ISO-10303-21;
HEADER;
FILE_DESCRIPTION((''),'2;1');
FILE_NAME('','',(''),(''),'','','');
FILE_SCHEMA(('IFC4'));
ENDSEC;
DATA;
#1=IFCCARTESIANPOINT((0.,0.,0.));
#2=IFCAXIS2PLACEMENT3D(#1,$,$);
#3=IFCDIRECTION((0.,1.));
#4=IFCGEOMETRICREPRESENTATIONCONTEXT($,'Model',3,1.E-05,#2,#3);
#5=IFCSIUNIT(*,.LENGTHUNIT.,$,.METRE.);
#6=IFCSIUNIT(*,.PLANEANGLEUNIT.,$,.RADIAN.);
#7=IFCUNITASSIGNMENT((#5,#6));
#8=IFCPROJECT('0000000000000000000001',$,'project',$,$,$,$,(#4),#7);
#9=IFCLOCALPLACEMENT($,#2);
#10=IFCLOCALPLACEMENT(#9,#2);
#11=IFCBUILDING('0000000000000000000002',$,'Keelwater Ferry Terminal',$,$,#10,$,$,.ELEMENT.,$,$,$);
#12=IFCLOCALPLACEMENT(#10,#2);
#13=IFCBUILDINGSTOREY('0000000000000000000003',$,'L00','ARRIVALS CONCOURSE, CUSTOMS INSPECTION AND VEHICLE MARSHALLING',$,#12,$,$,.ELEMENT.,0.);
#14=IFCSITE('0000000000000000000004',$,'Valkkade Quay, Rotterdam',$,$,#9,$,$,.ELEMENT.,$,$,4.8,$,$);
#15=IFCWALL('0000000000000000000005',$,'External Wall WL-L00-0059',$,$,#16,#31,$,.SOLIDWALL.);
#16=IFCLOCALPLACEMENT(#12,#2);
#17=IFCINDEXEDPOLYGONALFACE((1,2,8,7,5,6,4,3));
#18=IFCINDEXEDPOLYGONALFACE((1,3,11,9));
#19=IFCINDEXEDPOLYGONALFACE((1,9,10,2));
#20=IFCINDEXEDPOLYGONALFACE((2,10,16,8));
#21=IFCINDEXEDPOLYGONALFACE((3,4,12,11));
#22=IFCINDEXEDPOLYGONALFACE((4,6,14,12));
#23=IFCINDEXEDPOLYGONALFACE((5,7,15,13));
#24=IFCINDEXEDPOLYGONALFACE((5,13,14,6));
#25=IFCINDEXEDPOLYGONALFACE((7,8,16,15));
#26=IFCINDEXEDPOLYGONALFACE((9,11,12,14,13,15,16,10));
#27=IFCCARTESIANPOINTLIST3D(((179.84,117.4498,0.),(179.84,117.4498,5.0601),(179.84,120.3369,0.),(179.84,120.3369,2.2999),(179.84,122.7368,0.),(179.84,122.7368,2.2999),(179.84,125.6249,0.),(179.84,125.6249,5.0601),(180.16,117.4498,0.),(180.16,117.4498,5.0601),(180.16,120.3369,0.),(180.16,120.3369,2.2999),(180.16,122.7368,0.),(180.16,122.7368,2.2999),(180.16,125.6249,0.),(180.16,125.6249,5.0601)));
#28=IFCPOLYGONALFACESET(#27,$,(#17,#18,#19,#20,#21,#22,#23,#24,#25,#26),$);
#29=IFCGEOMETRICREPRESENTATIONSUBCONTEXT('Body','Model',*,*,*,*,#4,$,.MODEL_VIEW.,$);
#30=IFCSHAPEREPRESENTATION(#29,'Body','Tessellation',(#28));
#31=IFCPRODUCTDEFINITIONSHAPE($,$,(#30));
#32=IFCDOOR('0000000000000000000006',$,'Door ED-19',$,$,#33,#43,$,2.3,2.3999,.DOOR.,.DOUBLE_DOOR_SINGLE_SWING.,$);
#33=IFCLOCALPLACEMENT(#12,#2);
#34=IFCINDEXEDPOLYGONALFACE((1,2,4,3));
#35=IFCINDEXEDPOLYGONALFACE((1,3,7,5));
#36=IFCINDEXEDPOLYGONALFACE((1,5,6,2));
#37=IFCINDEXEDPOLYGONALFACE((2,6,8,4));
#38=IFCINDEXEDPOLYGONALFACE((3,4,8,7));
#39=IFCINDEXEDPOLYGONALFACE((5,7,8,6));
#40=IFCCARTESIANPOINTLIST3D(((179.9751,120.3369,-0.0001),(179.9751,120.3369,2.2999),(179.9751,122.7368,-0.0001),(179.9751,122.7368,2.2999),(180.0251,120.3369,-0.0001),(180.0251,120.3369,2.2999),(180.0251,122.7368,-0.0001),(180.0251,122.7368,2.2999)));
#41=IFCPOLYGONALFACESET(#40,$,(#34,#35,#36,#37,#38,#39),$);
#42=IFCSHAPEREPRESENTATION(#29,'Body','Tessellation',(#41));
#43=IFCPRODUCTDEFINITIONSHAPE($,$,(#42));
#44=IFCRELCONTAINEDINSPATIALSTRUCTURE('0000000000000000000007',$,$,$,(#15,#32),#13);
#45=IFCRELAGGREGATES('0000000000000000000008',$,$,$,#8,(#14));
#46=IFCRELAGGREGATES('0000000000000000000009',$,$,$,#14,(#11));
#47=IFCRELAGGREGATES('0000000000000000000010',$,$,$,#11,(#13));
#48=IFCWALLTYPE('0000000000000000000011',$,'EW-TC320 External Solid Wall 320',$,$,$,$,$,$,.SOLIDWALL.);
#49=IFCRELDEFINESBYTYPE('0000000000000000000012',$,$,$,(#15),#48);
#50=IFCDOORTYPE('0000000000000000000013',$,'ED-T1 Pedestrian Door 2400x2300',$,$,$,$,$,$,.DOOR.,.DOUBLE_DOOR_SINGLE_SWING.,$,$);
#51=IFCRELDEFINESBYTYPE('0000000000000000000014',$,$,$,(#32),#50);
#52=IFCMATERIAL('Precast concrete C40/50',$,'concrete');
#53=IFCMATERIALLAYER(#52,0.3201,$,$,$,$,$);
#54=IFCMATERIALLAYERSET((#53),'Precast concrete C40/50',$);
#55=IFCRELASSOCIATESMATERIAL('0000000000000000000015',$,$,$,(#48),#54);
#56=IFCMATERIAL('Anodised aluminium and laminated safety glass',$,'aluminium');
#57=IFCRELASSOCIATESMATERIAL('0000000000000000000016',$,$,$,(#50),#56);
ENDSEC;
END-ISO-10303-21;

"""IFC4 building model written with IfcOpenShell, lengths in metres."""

from ifc_helpers import new_model, si_unit, direction, frame, frame_2d, origin, place, context, subcontext, project, spatial, rectangle, extrude, material, layer, layer_set, type_object, element, fill, save


model = new_model("IFC4")

# Units and contexts
model_context = context("Model", 3, precision=1e-05, world=origin(), true_north=direction((0.0, 1.0)))
body_context = subcontext(model_context, "Body", "Model", "MODEL_VIEW")
ifc_project = project(units=[si_unit("LENGTHUNIT", "METRE"), si_unit("PLANEANGLEUNIT", "RADIAN")], contexts=[model_context])

# Site, building, storey
site_placement = place(None, origin())
site = spatial("IfcSite", under=ifc_project, at=site_placement, Name="Valkkade Quay, Rotterdam", CompositionType="ELEMENT", RefElevation=4.8)
building_placement = place(site_placement, origin())
building = spatial("IfcBuilding", under=site, at=building_placement, Name="Keelwater Ferry Terminal", CompositionType="ELEMENT")
storey_placement = place(building_placement, origin())
storey = spatial("IfcBuildingStorey", under=building, at=storey_placement, Name="L00", Description="ARRIVALS CONCOURSE, CUSTOMS INSPECTION AND VEHICLE MARSHALLING", CompositionType="ELEMENT", Elevation=0.0)

# Shared definitions
ifc_material_1 = material(Name="Precast concrete C40/50", Category="concrete")
ifc_layer = layer(ifc_material_1, 0.3201)
ifc_layer_set = layer_set([ifc_layer], Name="Precast concrete C40/50")
wall_type = type_object("IfcWallType", Name="EW-TC320 External Solid Wall 320", PredefinedType="SOLIDWALL", material=ifc_layer_set)
ifc_material_2 = material(Name="Anodised aluminium and laminated safety glass", Category="aluminium")
door_type = type_object("IfcDoorType", Name="ED-T1 Pedestrian Door 2400x2300", OperationType="DOUBLE_DOOR_SINGLE_SWING", PredefinedType="DOOR", material=ifc_material_2)

# Wall, opening, door
wall_1_placement = place(storey_placement, frame((180.0, 117.45, 0.0), z_axis=(0.0, 0.0, 1.0), x_axis=(0.0, 1.0, 0.0)))
wall_1 = element("IfcWall", 1, at=wall_1_placement, inside=storey, type_object=wall_type, Name="External Wall WL-L00-0059", PredefinedType="SOLIDWALL", context=body_context, shape_type="SweptSolid", body=[
    extrude(rectangle(XDim=8.175, YDim=0.3201, at=frame_2d((4.0874, 0.0))), origin(), (0.0, 0.0, 1.0), 5.0601),
])
opening_1_placement = place(wall_1_placement, frame((2.887, 0.0, 0.0)))
opening_1 = element("IfcOpeningElement", 2, at=opening_1_placement, cuts=wall_1, PredefinedType="OPENING", context=body_context, shape_type="SweptSolid", body=[
    extrude(rectangle(XDim=2.3999, YDim=2.3, at=frame_2d((1.2, 1.1499))), frame((0.0, 0.1702, 0.0), z_axis=(0.0, -1.0, 0.0), x_axis=(1.0, 0.0, 0.0)), (0.0, 0.0, 1.0), 0.3401),
])
door_1_placement = place(opening_1_placement, origin())
door_1 = element("IfcDoor", 3, at=door_1_placement, inside=storey, type_object=door_type, Name="Door ED-19", OperationType="DOUBLE_DOOR_SINGLE_SWING", OverallHeight=2.3, OverallWidth=2.3999, PredefinedType="DOOR", context=body_context, shape_type="SweptSolid", body=[
    extrude(rectangle(XDim=2.3999, YDim=2.3, at=frame_2d((1.2, 1.1499))), frame((0.0, 0.0249, 0.0), z_axis=(0.0, -1.0, 0.0), x_axis=(1.0, 0.0, 0.0)), (0.0, 0.0, 1.0), 0.05),
])
fill(opening_1, door_1)

save(model, "model.ifc")
